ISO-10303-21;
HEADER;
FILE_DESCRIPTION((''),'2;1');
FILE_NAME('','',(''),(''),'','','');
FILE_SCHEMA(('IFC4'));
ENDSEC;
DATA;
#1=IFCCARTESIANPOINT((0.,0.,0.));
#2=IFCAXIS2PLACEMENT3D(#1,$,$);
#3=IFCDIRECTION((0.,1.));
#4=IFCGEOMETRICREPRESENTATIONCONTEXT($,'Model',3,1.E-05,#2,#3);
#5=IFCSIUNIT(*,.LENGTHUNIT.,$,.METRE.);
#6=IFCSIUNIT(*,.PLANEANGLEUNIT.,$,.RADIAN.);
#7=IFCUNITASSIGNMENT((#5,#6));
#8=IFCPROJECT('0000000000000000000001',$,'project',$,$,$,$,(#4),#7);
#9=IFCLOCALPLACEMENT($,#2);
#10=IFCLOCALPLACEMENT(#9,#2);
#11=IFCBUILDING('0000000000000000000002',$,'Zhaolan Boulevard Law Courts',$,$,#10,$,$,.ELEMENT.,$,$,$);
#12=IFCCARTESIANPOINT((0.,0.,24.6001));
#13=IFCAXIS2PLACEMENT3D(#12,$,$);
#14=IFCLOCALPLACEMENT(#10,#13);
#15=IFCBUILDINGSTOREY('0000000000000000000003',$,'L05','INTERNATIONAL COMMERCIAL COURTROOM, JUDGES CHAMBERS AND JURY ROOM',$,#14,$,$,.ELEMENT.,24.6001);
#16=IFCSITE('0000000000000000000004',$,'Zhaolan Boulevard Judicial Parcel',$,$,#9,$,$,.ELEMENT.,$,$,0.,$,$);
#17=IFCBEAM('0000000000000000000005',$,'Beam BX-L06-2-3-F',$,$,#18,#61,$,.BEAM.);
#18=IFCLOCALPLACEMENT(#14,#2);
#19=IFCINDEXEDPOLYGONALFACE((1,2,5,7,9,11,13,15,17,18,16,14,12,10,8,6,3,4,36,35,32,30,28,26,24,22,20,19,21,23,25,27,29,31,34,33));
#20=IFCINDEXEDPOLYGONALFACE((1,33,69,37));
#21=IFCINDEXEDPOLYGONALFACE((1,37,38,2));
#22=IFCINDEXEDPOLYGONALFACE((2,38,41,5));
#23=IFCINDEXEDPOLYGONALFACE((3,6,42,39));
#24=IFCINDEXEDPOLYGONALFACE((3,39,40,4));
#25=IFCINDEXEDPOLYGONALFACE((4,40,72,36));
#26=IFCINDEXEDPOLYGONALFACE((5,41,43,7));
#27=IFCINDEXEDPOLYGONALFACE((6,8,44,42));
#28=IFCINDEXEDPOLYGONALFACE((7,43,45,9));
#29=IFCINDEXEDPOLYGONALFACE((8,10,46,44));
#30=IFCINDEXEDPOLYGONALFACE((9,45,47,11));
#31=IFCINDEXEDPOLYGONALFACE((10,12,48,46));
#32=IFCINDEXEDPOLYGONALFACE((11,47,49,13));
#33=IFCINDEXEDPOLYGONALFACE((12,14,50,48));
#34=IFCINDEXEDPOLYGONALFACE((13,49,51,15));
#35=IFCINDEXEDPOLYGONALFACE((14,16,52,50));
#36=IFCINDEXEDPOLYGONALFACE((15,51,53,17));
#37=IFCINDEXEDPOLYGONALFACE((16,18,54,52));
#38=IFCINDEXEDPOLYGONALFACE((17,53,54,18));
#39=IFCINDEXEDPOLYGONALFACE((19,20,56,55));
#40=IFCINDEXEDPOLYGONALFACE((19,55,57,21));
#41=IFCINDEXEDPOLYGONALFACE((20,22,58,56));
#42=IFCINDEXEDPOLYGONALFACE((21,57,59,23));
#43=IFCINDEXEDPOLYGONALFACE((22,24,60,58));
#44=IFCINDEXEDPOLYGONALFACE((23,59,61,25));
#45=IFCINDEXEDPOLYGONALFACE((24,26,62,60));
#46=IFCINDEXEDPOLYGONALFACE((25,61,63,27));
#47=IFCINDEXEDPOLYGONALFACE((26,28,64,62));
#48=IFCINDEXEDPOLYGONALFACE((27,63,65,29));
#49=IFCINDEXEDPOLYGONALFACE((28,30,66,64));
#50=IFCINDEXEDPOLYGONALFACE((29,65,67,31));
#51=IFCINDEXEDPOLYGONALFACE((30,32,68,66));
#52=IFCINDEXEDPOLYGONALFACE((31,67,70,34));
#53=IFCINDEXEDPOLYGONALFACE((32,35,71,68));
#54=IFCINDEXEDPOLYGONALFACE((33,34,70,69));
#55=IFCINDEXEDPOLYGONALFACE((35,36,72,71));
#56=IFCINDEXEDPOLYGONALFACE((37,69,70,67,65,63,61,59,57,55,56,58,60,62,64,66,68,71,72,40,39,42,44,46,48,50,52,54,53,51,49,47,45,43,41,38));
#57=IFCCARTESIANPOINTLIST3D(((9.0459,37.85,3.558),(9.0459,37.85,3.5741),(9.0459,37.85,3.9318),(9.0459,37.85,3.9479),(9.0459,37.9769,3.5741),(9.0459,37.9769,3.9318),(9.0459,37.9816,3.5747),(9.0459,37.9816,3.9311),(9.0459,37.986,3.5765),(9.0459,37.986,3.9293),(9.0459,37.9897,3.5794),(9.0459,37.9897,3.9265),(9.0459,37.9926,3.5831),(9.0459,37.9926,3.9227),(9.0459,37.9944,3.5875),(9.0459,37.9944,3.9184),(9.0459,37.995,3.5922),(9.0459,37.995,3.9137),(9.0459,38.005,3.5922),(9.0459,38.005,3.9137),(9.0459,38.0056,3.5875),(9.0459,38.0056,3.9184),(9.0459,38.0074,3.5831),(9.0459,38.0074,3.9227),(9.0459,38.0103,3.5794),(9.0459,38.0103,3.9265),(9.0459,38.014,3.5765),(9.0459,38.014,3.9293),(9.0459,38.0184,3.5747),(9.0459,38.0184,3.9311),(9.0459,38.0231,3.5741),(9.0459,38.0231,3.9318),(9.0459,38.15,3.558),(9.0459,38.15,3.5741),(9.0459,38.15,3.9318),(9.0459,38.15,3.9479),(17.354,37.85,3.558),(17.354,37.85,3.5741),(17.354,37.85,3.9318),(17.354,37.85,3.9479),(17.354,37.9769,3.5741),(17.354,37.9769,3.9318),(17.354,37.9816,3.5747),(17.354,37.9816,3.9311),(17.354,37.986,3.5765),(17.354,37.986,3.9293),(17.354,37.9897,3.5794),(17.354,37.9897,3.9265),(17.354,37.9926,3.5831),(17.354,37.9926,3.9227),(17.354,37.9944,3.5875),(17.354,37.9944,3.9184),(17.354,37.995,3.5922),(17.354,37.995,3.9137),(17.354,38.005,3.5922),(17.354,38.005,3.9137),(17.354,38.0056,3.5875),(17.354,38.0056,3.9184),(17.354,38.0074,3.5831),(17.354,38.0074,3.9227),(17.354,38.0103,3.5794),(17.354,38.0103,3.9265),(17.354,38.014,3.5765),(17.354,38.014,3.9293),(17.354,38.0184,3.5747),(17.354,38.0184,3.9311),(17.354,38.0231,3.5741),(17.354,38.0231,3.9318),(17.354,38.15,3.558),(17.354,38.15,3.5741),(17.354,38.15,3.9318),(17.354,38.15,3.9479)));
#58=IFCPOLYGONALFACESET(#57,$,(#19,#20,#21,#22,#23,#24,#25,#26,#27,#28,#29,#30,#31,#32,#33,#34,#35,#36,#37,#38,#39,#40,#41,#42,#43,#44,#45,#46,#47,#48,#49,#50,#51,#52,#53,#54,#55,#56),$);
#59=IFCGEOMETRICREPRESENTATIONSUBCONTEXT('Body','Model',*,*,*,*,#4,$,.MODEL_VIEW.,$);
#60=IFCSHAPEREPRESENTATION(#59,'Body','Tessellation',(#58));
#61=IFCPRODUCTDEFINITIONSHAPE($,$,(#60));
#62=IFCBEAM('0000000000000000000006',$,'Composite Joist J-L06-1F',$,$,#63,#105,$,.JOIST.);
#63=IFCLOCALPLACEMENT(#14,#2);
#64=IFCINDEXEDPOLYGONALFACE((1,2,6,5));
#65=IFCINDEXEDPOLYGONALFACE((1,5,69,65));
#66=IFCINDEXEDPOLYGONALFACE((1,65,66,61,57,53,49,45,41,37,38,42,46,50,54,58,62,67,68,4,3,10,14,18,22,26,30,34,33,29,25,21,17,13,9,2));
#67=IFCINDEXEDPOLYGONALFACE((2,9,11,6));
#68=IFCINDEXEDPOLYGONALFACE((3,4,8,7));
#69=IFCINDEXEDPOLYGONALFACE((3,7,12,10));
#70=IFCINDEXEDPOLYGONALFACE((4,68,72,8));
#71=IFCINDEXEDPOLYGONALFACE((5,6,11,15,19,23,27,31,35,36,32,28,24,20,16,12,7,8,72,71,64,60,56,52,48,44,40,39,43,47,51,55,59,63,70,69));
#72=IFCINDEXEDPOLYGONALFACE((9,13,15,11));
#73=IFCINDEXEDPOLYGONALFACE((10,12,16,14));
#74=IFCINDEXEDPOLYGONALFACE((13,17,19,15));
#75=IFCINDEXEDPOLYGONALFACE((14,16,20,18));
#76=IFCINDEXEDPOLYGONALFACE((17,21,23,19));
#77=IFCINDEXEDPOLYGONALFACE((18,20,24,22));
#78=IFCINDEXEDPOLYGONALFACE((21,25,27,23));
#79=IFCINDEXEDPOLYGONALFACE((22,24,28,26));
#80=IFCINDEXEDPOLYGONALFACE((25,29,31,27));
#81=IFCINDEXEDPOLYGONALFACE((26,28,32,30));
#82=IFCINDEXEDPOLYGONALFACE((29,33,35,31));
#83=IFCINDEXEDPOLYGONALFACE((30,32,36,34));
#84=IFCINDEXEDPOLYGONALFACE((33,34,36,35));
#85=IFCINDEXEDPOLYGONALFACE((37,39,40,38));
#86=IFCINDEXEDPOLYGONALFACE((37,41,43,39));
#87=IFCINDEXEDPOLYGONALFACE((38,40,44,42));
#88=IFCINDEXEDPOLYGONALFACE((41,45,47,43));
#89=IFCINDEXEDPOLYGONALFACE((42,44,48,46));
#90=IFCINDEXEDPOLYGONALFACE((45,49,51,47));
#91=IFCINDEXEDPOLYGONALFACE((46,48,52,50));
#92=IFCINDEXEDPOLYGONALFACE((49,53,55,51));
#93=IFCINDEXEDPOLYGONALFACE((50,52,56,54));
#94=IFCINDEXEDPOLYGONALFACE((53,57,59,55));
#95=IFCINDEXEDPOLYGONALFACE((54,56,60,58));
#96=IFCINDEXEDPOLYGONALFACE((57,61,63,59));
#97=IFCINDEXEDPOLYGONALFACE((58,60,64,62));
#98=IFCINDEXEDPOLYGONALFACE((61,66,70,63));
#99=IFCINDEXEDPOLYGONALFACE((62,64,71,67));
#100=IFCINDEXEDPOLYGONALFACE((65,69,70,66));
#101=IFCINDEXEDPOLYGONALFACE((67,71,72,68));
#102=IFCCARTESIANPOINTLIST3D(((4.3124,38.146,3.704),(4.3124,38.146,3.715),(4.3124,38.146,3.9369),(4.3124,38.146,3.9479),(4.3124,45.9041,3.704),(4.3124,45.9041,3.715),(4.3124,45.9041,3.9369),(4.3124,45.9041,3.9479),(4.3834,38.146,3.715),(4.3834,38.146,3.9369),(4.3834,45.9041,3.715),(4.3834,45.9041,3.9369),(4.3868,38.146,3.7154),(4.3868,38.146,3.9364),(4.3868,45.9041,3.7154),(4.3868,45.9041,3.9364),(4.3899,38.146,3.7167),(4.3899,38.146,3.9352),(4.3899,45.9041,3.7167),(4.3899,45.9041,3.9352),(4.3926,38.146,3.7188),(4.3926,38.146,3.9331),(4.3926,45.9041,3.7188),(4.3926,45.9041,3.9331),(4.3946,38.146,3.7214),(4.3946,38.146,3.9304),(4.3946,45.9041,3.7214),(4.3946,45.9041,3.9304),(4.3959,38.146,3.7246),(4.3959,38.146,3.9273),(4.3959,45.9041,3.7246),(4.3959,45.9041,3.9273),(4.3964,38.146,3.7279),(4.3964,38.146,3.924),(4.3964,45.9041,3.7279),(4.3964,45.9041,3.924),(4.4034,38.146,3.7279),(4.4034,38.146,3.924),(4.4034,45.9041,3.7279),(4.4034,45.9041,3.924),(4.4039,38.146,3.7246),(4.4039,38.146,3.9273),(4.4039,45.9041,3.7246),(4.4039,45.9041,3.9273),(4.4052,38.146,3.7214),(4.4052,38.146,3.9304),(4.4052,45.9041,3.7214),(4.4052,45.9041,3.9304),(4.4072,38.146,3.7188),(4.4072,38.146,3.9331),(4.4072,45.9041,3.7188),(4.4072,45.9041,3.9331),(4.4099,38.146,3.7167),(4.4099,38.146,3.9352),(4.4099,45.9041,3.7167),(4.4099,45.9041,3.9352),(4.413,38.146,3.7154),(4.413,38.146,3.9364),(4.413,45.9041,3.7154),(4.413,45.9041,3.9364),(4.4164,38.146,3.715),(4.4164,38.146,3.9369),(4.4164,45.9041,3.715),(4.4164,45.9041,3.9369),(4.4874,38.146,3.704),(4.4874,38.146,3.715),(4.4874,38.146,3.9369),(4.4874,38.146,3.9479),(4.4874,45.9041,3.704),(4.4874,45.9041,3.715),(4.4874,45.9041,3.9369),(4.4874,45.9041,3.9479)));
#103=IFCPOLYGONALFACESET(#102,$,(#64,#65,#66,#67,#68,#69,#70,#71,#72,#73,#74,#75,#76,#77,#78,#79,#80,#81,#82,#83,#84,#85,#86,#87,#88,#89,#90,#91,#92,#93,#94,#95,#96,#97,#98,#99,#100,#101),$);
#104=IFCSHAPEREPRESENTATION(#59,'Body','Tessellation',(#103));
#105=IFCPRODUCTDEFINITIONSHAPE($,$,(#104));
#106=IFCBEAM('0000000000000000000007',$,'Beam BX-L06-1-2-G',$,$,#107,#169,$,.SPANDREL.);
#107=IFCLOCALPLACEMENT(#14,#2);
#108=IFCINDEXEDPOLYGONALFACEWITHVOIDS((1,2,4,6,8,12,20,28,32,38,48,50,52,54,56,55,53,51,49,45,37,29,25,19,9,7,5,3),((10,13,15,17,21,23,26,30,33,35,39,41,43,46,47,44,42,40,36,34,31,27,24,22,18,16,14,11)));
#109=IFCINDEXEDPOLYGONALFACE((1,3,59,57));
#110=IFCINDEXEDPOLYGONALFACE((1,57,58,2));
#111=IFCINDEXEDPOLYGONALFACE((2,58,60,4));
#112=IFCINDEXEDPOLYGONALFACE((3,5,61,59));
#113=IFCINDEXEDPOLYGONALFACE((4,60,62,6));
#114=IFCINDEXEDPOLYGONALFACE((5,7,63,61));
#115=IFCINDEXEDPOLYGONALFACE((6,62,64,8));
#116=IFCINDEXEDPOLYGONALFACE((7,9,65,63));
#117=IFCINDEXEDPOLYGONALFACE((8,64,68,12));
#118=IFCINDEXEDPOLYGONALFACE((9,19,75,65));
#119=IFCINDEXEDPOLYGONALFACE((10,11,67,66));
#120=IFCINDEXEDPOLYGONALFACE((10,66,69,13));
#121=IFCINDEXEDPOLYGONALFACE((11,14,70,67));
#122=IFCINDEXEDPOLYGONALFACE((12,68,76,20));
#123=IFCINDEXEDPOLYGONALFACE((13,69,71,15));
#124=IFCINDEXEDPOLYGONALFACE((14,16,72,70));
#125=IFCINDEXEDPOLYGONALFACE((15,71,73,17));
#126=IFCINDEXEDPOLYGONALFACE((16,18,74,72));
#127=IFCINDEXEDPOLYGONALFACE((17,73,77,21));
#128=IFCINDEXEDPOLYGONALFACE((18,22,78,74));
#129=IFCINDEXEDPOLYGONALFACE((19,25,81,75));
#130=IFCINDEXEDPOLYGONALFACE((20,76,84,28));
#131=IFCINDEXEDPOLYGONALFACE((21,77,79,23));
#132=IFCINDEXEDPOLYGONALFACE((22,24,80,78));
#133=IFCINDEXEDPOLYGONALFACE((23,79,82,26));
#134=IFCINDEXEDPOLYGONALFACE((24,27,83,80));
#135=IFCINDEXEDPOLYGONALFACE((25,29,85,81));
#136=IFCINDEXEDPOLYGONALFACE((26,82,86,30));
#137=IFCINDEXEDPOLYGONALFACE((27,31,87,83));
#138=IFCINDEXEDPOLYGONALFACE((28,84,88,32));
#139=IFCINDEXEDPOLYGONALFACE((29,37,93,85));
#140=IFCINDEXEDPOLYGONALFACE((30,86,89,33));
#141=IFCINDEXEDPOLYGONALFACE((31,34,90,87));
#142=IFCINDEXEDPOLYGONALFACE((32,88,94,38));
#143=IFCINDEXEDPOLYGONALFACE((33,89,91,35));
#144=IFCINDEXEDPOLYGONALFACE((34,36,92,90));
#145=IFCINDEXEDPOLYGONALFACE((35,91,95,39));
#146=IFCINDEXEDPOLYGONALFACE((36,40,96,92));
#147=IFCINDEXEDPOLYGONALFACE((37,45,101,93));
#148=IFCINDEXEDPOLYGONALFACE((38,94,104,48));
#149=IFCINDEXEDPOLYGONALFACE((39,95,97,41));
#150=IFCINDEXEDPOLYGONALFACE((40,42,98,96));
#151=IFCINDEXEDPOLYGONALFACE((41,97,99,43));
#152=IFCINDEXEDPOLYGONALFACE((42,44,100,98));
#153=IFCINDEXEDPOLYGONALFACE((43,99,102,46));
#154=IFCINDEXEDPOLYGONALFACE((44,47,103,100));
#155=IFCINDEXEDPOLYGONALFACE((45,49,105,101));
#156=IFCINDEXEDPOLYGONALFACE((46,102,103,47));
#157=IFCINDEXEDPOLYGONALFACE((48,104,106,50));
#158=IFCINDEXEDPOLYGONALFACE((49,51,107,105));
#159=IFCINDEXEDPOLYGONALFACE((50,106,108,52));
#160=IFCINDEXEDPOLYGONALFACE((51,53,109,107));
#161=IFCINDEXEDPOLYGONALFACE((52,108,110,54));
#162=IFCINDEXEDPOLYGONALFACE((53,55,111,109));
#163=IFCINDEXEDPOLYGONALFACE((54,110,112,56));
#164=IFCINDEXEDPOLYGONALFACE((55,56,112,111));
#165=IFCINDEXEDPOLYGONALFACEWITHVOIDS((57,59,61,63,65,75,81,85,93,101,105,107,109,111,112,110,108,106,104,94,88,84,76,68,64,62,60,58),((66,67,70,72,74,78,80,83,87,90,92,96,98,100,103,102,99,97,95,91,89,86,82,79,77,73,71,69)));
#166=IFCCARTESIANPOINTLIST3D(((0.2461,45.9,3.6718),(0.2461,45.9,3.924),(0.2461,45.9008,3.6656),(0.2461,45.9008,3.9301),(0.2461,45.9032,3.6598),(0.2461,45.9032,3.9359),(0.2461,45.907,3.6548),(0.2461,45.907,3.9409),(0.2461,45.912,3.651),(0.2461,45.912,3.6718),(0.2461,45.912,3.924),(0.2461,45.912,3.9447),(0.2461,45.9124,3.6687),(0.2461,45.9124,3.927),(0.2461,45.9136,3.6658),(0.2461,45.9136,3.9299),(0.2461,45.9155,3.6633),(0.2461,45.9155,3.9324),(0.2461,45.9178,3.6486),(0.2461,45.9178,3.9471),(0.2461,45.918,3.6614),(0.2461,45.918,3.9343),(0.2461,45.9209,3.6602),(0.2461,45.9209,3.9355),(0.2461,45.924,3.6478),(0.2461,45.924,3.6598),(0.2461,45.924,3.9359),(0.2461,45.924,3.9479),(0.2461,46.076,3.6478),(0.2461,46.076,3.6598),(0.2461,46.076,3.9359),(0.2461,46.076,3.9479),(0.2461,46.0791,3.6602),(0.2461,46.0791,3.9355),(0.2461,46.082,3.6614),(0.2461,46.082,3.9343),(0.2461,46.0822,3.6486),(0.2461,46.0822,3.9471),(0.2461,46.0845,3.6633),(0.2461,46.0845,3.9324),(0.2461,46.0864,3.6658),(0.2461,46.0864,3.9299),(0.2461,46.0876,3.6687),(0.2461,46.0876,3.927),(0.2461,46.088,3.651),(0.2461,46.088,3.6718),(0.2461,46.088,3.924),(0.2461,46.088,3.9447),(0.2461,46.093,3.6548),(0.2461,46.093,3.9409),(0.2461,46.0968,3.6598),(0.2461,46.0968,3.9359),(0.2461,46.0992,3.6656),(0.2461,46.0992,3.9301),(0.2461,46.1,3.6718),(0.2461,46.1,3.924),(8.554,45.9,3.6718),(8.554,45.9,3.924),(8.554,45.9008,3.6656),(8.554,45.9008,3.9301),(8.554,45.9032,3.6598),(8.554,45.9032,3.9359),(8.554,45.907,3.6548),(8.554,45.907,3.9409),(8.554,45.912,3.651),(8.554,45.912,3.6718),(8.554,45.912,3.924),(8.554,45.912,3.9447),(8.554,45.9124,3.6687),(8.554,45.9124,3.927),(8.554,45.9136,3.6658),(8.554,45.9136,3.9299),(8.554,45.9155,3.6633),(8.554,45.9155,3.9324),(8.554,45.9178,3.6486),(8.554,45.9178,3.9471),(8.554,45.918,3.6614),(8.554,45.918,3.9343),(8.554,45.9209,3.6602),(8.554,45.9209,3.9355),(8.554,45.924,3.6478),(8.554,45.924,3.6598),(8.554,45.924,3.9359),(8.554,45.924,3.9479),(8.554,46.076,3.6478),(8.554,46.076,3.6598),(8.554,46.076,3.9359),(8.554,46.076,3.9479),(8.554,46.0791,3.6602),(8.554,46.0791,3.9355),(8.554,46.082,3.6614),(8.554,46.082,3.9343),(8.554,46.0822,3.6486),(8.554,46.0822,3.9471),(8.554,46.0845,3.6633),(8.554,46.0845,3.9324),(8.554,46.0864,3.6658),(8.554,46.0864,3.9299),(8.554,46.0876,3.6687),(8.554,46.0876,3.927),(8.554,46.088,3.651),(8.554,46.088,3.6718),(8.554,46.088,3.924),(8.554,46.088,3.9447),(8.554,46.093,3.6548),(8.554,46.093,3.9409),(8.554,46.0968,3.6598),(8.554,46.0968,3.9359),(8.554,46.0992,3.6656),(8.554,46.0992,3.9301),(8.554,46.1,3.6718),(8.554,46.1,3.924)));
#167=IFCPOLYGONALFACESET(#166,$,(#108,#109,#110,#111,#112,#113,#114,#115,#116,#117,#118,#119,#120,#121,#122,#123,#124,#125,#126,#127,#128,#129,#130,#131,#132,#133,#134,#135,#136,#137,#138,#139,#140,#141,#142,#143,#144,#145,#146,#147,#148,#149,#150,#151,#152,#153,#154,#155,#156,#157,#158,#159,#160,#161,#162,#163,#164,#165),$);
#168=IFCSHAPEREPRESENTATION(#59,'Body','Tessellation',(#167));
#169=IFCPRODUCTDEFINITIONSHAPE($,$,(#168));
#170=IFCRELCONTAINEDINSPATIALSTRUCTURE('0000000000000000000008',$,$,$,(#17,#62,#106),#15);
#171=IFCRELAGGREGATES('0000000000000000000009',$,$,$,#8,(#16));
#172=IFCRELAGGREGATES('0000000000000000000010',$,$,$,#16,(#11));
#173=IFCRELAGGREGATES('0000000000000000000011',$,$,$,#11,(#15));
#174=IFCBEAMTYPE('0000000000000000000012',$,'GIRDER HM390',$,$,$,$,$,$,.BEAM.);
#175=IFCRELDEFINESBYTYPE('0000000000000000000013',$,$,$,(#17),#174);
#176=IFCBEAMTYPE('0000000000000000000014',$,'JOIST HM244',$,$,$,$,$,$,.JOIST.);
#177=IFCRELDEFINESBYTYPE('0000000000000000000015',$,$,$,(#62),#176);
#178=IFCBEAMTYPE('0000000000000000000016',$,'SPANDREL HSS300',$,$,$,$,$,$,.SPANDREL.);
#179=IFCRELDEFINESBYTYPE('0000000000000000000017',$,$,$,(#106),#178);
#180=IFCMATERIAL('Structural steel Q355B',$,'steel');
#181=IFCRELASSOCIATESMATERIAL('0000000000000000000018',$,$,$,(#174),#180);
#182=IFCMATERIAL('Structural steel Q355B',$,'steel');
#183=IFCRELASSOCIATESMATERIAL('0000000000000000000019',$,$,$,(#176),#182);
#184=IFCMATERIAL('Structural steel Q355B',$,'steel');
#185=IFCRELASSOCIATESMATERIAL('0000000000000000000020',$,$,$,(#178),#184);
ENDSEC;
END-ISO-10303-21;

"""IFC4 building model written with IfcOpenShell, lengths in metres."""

from ifc_helpers import new_model, si_unit, direction, frame, origin, origin_2d, place, context, subcontext, project, spatial, hollow_rectangle, i_section, extrude, material, material_profile, profile_set, type_object, element, save


model = new_model("IFC4")

# Units and contexts
model_context = context("Model", 3, precision=1e-05, world=origin(), true_north=direction((0.0, 1.0)))
body_context = subcontext(model_context, "Body", "Model", "MODEL_VIEW")
ifc_project = project(units=[si_unit("LENGTHUNIT", "METRE"), si_unit("PLANEANGLEUNIT", "RADIAN")], contexts=[model_context])

# Site, building, storey
site_placement = place(None, origin())
site = spatial("IfcSite", under=ifc_project, at=site_placement, Name="Zhaolan Boulevard Judicial Parcel", CompositionType="ELEMENT", RefElevation=0.0)
building_placement = place(site_placement, origin())
building = spatial("IfcBuilding", under=site, at=building_placement, Name="Zhaolan Boulevard Law Courts", CompositionType="ELEMENT")
storey_placement = place(building_placement, frame((0.0, 0.0, 24.6001)))
storey = spatial("IfcBuildingStorey", under=building, at=storey_placement, Name="L05", Description="INTERNATIONAL COMMERCIAL COURTROOM, JUDGES CHAMBERS AND JURY ROOM", CompositionType="ELEMENT", Elevation=24.6001)

# Beams
ifc_material_1 = material(Name="Structural steel Q355B", Category="steel")
ifc_material_profile_1 = material_profile(ifc_material_1, i_section(OverallWidth=0.3, OverallDepth=0.3899, WebThickness=0.01, FlangeThickness=0.0161, FilletRadius=0.0181, at=origin_2d()), Name="HM390x300")
ifc_profile_set_1 = profile_set([ifc_material_profile_1], Name="Structural steel Q355B")
beam_type_1 = type_object("IfcBeamType", Name="GIRDER HM390", PredefinedType="BEAM", material=ifc_profile_set_1)
beam_1_placement = place(storey_placement, frame((9.0459, 38.0, 3.7529), z_axis=(1.0, 0.0, 0.0), x_axis=(0.0, 1.0, 0.0)))
element("IfcBeam", 1, at=beam_1_placement, inside=storey, type_object=beam_type_1, Name="Beam BX-L06-2-3-F", PredefinedType="BEAM", context=body_context, shape_type="SweptSolid", body=[
    extrude(i_section(OverallWidth=0.3, OverallDepth=0.3899, WebThickness=0.01, FlangeThickness=0.0161, FilletRadius=0.0181, at=origin_2d()), origin(), (0.0, 0.0, 1.0), 8.3081),
])
ifc_material_2 = material(Name="Structural steel Q355B", Category="steel")
ifc_material_profile_2 = material_profile(ifc_material_2, i_section(OverallWidth=0.175, OverallDepth=0.2439, WebThickness=0.0071, FlangeThickness=0.011, FilletRadius=0.0129, at=origin_2d()), Name="HM244x175")
ifc_profile_set_2 = profile_set([ifc_material_profile_2], Name="Structural steel Q355B")
beam_type_2 = type_object("IfcBeamType", Name="JOIST HM244", PredefinedType="JOIST", material=ifc_profile_set_2)
beam_2_placement = place(storey_placement, frame((4.3999, 38.146, 3.8259), z_axis=(0.0, 1.0, 0.0), x_axis=(-1.0, 0.0, 0.0)))
element("IfcBeam", 2, at=beam_2_placement, inside=storey, type_object=beam_type_2, Name="Composite Joist J-L06-1F", PredefinedType="JOIST", context=body_context, shape_type="SweptSolid", body=[
    extrude(i_section(OverallWidth=0.175, OverallDepth=0.2439, WebThickness=0.0071, FlangeThickness=0.011, FilletRadius=0.0129, at=origin_2d()), origin(), (0.0, 0.0, 1.0), 7.7581),
])
ifc_material_3 = material(Name="Structural steel Q355B", Category="steel")
ifc_material_profile_3 = material_profile(ifc_material_3, hollow_rectangle(XDim=0.2, YDim=0.3, WallThickness=0.012, InnerFilletRadius=0.012, OuterFilletRadius=0.0239, at=origin_2d()), Name="HSS300x200x12")
ifc_profile_set_3 = profile_set([ifc_material_profile_3], Name="Structural steel Q355B")
beam_type_3 = type_object("IfcBeamType", Name="SPANDREL HSS300", PredefinedType="SPANDREL", material=ifc_profile_set_3)
beam_3_placement = place(storey_placement, frame((0.2461, 46.0, 3.7979), z_axis=(1.0, 0.0, 0.0), x_axis=(0.0, 1.0, 0.0)))
element("IfcBeam", 3, at=beam_3_placement, inside=storey, type_object=beam_type_3, Name="Beam BX-L06-1-2-G", PredefinedType="SPANDREL", context=body_context, shape_type="SweptSolid", body=[
    extrude(hollow_rectangle(XDim=0.2, YDim=0.3, WallThickness=0.012, InnerFilletRadius=0.012, OuterFilletRadius=0.0239, at=origin_2d()), origin(), (0.0, 0.0, 1.0), 8.3079),
])

save(model, "model.ifc")
